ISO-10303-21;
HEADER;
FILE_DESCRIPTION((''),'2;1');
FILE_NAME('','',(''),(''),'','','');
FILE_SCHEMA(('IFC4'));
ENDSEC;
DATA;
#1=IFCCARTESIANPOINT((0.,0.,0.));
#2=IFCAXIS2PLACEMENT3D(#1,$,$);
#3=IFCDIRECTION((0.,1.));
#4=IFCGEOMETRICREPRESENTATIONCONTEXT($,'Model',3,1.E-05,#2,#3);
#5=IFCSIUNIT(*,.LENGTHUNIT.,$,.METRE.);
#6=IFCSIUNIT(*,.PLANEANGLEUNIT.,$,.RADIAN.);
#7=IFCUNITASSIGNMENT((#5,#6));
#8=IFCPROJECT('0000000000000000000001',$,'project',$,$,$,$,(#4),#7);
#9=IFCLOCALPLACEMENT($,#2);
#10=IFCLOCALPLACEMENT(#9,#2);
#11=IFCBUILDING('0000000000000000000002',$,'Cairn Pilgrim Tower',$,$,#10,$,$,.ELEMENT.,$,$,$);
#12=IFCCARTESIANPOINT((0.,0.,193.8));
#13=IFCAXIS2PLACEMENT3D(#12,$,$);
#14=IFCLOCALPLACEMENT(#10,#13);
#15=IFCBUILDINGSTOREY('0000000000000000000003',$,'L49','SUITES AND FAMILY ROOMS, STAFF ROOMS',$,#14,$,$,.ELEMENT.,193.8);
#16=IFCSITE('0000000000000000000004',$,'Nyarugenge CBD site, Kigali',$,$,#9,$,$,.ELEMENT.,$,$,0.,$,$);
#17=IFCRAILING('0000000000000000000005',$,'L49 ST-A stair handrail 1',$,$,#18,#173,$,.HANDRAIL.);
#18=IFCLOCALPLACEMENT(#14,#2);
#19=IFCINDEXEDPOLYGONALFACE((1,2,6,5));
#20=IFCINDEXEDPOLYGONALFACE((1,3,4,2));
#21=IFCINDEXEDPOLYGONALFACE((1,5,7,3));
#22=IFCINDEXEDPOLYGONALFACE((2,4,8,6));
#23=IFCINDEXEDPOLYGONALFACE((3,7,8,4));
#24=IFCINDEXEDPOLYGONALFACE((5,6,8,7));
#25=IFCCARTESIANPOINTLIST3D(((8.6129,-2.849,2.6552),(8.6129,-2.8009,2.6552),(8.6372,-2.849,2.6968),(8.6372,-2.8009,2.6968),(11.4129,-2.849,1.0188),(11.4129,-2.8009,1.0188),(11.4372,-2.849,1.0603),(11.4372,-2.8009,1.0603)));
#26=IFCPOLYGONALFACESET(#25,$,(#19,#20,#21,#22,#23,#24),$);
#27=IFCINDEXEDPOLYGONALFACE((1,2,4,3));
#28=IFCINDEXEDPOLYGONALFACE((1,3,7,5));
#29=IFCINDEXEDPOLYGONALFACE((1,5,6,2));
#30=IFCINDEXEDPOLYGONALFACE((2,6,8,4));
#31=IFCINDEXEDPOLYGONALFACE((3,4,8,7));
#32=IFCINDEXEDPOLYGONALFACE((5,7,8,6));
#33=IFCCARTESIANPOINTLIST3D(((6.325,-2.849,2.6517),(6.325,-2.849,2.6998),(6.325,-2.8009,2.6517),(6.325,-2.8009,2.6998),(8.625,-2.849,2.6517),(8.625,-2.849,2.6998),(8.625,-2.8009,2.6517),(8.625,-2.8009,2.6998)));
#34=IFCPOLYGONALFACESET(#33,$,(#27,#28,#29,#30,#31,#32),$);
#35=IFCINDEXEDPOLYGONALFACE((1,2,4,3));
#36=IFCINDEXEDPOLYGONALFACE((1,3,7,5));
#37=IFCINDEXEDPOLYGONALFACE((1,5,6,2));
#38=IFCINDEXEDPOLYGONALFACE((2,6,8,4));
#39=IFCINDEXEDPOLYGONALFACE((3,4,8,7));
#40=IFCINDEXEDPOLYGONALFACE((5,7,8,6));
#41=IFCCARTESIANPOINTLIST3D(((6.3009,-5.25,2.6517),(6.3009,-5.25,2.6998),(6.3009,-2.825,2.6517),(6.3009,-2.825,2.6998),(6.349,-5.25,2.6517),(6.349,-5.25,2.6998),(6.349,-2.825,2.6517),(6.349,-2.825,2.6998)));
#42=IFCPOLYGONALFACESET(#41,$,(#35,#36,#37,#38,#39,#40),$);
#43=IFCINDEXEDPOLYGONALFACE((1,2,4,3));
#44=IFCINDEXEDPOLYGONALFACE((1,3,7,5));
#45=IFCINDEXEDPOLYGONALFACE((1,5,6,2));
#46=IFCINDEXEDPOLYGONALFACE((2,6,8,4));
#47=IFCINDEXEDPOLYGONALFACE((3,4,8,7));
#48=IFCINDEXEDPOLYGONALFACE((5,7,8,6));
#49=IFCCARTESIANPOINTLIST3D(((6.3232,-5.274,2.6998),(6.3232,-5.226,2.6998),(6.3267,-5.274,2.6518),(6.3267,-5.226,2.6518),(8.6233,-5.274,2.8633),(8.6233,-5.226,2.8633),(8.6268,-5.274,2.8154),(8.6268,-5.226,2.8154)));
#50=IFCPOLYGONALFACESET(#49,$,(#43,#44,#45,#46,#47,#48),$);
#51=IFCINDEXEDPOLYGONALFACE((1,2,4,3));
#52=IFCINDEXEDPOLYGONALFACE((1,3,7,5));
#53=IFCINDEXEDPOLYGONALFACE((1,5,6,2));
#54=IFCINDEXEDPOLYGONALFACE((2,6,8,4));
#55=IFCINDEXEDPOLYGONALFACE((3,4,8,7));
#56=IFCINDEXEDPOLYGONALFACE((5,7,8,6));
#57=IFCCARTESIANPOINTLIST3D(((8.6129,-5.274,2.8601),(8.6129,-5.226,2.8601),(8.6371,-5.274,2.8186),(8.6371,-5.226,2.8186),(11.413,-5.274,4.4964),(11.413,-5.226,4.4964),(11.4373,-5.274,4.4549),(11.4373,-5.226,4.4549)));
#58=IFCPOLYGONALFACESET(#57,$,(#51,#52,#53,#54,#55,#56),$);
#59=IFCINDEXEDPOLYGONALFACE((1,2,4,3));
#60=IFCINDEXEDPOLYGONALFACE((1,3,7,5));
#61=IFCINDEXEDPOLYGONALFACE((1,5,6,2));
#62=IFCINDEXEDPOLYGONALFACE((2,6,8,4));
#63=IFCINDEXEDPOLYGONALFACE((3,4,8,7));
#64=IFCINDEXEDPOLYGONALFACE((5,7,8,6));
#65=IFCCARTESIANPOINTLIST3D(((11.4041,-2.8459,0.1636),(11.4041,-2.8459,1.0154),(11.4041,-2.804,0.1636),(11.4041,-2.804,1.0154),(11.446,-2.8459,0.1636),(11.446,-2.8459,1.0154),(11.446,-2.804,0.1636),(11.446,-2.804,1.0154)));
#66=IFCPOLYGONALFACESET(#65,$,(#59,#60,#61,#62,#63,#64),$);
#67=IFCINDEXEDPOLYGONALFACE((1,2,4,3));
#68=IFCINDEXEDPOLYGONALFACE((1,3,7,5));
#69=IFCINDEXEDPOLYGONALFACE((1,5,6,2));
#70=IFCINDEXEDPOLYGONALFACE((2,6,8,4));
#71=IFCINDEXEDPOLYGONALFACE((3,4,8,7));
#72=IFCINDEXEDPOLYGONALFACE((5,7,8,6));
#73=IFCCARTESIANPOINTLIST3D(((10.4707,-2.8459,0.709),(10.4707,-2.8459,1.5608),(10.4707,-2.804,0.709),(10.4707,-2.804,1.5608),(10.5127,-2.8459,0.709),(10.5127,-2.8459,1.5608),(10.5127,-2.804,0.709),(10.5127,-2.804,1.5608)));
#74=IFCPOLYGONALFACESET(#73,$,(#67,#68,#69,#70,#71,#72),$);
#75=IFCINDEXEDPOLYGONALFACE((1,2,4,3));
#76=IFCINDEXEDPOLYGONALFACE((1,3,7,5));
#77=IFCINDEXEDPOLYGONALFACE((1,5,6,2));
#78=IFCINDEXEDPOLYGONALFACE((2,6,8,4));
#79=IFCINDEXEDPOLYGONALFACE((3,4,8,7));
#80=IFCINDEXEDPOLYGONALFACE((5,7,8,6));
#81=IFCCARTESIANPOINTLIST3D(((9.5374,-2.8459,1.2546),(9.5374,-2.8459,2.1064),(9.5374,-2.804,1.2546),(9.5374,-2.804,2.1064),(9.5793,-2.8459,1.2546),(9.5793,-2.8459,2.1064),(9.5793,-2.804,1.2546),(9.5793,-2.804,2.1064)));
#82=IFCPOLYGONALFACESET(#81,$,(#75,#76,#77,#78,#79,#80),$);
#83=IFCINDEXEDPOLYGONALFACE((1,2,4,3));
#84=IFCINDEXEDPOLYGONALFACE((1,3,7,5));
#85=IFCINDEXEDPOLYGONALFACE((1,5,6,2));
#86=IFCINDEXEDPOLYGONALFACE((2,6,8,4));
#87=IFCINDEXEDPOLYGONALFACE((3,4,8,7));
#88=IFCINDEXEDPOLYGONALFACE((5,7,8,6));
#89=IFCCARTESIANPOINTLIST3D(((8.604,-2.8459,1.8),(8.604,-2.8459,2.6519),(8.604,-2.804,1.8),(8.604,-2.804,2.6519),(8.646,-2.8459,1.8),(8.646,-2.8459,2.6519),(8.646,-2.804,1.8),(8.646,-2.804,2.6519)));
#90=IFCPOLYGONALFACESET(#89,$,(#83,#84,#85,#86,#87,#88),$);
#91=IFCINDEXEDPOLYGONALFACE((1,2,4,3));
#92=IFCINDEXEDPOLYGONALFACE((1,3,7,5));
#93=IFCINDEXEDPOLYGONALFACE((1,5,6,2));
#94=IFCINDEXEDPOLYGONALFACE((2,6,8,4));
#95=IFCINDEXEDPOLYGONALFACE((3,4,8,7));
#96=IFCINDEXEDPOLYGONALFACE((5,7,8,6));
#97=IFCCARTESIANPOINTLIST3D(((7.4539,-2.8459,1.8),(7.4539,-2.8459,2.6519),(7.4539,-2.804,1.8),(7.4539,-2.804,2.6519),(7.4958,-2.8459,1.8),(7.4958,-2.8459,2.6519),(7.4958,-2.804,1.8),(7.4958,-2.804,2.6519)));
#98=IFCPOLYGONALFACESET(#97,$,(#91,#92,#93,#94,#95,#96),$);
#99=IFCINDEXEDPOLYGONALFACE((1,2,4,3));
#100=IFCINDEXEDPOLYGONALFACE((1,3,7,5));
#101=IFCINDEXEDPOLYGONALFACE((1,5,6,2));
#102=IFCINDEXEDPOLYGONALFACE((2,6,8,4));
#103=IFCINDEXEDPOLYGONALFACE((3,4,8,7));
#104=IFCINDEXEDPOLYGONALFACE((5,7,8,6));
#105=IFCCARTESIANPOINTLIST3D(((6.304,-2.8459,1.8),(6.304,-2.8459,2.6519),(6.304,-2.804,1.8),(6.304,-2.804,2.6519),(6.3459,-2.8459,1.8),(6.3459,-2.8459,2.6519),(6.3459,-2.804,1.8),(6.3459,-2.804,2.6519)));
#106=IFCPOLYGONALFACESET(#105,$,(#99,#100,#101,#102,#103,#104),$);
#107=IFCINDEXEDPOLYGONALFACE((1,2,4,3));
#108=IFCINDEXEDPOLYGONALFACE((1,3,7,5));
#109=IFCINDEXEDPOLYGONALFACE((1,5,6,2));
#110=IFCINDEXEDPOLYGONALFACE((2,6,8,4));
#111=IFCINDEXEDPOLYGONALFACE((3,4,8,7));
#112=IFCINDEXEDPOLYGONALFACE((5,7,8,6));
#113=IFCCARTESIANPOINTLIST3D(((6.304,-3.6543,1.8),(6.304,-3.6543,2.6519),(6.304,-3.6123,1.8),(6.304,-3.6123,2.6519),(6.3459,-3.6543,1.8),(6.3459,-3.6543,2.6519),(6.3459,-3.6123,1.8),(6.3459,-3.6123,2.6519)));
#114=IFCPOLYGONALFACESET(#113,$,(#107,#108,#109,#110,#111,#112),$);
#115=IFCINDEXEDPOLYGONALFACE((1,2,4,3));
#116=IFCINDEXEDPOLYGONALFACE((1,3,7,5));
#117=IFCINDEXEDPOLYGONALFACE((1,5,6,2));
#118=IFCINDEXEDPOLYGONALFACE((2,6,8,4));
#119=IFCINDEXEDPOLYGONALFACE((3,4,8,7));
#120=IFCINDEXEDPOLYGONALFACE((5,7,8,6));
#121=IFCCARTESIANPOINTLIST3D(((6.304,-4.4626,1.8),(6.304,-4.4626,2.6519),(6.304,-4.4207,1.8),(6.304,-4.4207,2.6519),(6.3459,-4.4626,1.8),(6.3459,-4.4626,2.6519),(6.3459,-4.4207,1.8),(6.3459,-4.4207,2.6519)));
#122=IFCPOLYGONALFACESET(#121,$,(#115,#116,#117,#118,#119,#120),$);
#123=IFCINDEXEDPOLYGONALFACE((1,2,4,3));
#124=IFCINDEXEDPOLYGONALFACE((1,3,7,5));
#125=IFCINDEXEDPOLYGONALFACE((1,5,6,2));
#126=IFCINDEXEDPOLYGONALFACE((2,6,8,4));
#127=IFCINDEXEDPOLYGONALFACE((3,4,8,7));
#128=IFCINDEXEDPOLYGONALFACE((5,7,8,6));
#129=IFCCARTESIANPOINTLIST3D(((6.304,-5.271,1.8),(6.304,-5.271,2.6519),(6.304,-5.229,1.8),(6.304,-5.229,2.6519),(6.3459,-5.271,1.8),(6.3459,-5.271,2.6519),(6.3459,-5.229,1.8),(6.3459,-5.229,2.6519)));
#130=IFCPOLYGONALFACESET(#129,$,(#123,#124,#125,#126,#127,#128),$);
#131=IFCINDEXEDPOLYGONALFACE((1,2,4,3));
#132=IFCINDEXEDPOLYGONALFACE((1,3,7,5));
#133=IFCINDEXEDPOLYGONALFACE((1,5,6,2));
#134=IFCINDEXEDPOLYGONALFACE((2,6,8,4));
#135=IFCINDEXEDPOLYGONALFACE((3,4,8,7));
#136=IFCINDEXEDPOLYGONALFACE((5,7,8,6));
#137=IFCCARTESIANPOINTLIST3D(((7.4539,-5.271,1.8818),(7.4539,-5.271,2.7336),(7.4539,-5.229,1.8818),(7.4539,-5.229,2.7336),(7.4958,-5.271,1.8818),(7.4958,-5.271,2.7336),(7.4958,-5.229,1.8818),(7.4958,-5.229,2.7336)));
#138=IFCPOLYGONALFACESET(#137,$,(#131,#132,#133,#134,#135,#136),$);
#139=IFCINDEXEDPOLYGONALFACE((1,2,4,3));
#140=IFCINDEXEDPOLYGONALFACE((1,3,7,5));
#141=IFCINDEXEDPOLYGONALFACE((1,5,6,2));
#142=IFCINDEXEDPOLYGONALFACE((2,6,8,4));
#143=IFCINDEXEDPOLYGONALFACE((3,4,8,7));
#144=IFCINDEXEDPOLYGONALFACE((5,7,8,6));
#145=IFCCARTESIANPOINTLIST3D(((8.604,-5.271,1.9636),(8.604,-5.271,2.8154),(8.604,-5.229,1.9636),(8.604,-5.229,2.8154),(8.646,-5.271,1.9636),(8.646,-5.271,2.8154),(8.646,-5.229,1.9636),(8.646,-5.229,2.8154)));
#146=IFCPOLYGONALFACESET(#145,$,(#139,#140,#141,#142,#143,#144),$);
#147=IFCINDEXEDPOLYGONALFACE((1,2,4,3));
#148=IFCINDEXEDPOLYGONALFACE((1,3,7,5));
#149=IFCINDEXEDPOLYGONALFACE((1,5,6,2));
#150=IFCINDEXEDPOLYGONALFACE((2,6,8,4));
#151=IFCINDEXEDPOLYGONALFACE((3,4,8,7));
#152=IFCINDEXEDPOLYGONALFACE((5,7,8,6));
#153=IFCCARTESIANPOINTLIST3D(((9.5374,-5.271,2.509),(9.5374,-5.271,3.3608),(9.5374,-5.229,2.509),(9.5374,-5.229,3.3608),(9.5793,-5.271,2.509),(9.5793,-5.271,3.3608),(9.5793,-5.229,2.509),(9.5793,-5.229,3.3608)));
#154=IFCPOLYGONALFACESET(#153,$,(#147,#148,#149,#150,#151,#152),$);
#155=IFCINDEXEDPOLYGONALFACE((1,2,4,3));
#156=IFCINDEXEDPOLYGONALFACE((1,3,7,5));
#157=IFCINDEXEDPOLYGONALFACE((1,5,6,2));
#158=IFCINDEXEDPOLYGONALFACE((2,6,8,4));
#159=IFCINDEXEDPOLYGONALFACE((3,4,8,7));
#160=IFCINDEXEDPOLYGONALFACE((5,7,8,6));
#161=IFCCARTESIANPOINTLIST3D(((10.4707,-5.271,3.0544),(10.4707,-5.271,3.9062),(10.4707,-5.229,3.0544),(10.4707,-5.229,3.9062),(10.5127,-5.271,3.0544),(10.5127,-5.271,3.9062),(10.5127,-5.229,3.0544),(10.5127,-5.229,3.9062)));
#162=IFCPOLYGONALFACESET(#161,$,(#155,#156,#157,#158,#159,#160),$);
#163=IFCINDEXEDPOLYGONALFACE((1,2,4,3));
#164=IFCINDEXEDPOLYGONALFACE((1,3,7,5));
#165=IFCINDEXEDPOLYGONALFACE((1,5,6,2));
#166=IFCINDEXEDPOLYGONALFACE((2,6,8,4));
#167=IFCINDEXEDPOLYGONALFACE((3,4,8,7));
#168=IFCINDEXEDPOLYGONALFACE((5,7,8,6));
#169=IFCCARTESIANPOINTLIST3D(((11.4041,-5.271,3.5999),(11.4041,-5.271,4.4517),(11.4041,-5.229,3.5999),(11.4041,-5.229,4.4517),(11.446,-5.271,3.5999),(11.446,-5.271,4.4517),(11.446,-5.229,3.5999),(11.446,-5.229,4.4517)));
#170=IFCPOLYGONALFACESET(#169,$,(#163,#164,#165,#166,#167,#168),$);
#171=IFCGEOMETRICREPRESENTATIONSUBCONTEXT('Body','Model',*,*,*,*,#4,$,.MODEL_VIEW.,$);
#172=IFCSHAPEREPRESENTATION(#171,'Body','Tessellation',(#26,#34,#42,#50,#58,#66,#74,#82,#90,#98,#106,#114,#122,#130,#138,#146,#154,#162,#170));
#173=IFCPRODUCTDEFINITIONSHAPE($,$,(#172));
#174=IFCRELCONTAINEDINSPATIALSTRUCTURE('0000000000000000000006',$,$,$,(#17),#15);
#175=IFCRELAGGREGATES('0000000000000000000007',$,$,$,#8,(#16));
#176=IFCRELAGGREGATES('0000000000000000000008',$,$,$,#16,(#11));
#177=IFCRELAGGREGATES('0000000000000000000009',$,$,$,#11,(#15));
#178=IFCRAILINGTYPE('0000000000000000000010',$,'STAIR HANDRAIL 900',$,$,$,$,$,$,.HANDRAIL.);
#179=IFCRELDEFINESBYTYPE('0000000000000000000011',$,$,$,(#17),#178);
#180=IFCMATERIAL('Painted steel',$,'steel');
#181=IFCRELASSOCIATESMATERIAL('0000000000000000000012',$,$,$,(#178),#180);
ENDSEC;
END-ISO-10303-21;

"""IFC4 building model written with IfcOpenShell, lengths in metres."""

from ifc_helpers import new_model, si_unit, direction, frame, origin, origin_2d, place, context, subcontext, project, spatial, rectangle, extrude, material, type_object, element, save


model = new_model("IFC4")

# Units and contexts
model_context = context("Model", 3, precision=1e-05, world=origin(), true_north=direction((0.0, 1.0)))
body_context = subcontext(model_context, "Body", "Model", "MODEL_VIEW")
ifc_project = project(units=[si_unit("LENGTHUNIT", "METRE"), si_unit("PLANEANGLEUNIT", "RADIAN")], contexts=[model_context])

# Site, building, storey
site_placement = place(None, origin())
site = spatial("IfcSite", under=ifc_project, at=site_placement, Name="Nyarugenge CBD site, Kigali", CompositionType="ELEMENT", RefElevation=0.0)
building_placement = place(site_placement, origin())
building = spatial("IfcBuilding", under=site, at=building_placement, Name="Cairn Pilgrim Tower", CompositionType="ELEMENT")
storey_placement = place(building_placement, frame((0.0, 0.0, 193.8)))
storey = spatial("IfcBuildingStorey", under=building, at=storey_placement, Name="L49", Description="SUITES AND FAMILY ROOMS, STAFF ROOMS", CompositionType="ELEMENT", Elevation=193.8)

# Shared definitions
ifc_material_1 = material(Name="Painted steel", Category="steel")

# Railing
railing_type_1 = type_object("IfcRailingType", Name="STAIR HANDRAIL 900", PredefinedType="HANDRAIL", material=ifc_material_1)
railing_1_placement = place(storey_placement, frame((11.425, -2.825, 0.1636)))
element("IfcRailing", 1, at=railing_1_placement, inside=storey, type_object=railing_type_1, Name="L49 ST-A stair handrail 1", PredefinedType="HANDRAIL", context=body_context, shape_type="SweptSolid", body=[
    extrude(rectangle(XDim=0.0481, YDim=0.0481, at=origin_2d()), frame((0.0, 0.0, 0.876), z_axis=(-0.863361, 0.0, 0.504587), x_axis=(0.0, -1.0, 0.0)), (0.0, 0.0, 1.0), 3.2432),
    extrude(rectangle(XDim=0.0481, YDim=0.0481, at=origin_2d()), frame((-2.8, 0.0, 2.5122), z_axis=(-1.0, 0.0, 0.0), x_axis=(0.0, -1.0, 0.0)), (0.0, 0.0, 1.0), 2.3),
    extrude(rectangle(XDim=0.0481, YDim=0.0481, at=origin_2d()), frame((-5.1001, 0.0, 2.5122), z_axis=(0.0, -1.0, 0.0), x_axis=(1.0, 0.0, 0.0)), (0.0, 0.0, 1.0), 2.425),
    extrude(rectangle(XDim=0.0481, YDim=0.0481, at=origin_2d()), frame((-5.1001, -2.425, 2.5122), z_axis=(0.997481, 0.0, 0.070939), x_axis=(0.0, 1.0, 0.0)), (0.0, 0.0, 1.0), 2.3059),
    extrude(rectangle(XDim=0.0481, YDim=0.0481, at=origin_2d()), frame((-2.8, -2.425, 2.6758), z_axis=(0.863394, 0.0, 0.504531), x_axis=(0.0, 1.0, 0.0)), (0.0, 0.0, 1.0), 3.2432),
    extrude(rectangle(XDim=0.042, YDim=0.042, at=origin_2d()), origin(), (0.0, 0.0, 1.0), 0.8518),
    extrude(rectangle(XDim=0.042, YDim=0.042, at=origin_2d()), frame((-0.9333, 0.0, 0.5454)), (0.0, 0.0, 1.0), 0.8518),
    extrude(rectangle(XDim=0.042, YDim=0.042, at=origin_2d()), frame((-1.8667, 0.0, 1.0911)), (0.0, 0.0, 1.0), 0.8518),
    extrude(rectangle(XDim=0.042, YDim=0.042, at=origin_2d()), frame((-2.8, 0.0, 1.6365)), (0.0, 0.0, 1.0), 0.8518),
    extrude(rectangle(XDim=0.042, YDim=0.042, at=origin_2d()), frame((-3.9502, 0.0, 1.6365)), (0.0, 0.0, 1.0), 0.8518),
    extrude(rectangle(XDim=0.042, YDim=0.042, at=origin_2d()), frame((-5.1001, 0.0, 1.6365)), (0.0, 0.0, 1.0), 0.8518),
    extrude(rectangle(XDim=0.042, YDim=0.042, at=origin_2d()), frame((-5.1001, -0.8083, 1.6365)), (0.0, 0.0, 1.0), 0.8518),
    extrude(rectangle(XDim=0.042, YDim=0.042, at=origin_2d()), frame((-5.1001, -1.6167, 1.6365)), (0.0, 0.0, 1.0), 0.8518),
    extrude(rectangle(XDim=0.042, YDim=0.042, at=origin_2d()), frame((-5.1001, -2.425, 1.6365)), (0.0, 0.0, 1.0), 0.8518),
    extrude(rectangle(XDim=0.042, YDim=0.042, at=origin_2d()), frame((-3.9502, -2.425, 1.7183)), (0.0, 0.0, 1.0), 0.8518),
    extrude(rectangle(XDim=0.042, YDim=0.042, at=origin_2d()), frame((-2.8, -2.425, 1.8)), (0.0, 0.0, 1.0), 0.8518),
    extrude(rectangle(XDim=0.042, YDim=0.042, at=origin_2d()), frame((-1.8667, -2.425, 2.3455)), (0.0, 0.0, 1.0), 0.8518),
    extrude(rectangle(XDim=0.042, YDim=0.042, at=origin_2d()), frame((-0.9333, -2.425, 2.8909)), (0.0, 0.0, 1.0), 0.8518),
    extrude(rectangle(XDim=0.042, YDim=0.042, at=origin_2d()), frame((0.0, -2.425, 3.4363)), (0.0, 0.0, 1.0), 0.8518),
])

save(model, "model.ifc")
